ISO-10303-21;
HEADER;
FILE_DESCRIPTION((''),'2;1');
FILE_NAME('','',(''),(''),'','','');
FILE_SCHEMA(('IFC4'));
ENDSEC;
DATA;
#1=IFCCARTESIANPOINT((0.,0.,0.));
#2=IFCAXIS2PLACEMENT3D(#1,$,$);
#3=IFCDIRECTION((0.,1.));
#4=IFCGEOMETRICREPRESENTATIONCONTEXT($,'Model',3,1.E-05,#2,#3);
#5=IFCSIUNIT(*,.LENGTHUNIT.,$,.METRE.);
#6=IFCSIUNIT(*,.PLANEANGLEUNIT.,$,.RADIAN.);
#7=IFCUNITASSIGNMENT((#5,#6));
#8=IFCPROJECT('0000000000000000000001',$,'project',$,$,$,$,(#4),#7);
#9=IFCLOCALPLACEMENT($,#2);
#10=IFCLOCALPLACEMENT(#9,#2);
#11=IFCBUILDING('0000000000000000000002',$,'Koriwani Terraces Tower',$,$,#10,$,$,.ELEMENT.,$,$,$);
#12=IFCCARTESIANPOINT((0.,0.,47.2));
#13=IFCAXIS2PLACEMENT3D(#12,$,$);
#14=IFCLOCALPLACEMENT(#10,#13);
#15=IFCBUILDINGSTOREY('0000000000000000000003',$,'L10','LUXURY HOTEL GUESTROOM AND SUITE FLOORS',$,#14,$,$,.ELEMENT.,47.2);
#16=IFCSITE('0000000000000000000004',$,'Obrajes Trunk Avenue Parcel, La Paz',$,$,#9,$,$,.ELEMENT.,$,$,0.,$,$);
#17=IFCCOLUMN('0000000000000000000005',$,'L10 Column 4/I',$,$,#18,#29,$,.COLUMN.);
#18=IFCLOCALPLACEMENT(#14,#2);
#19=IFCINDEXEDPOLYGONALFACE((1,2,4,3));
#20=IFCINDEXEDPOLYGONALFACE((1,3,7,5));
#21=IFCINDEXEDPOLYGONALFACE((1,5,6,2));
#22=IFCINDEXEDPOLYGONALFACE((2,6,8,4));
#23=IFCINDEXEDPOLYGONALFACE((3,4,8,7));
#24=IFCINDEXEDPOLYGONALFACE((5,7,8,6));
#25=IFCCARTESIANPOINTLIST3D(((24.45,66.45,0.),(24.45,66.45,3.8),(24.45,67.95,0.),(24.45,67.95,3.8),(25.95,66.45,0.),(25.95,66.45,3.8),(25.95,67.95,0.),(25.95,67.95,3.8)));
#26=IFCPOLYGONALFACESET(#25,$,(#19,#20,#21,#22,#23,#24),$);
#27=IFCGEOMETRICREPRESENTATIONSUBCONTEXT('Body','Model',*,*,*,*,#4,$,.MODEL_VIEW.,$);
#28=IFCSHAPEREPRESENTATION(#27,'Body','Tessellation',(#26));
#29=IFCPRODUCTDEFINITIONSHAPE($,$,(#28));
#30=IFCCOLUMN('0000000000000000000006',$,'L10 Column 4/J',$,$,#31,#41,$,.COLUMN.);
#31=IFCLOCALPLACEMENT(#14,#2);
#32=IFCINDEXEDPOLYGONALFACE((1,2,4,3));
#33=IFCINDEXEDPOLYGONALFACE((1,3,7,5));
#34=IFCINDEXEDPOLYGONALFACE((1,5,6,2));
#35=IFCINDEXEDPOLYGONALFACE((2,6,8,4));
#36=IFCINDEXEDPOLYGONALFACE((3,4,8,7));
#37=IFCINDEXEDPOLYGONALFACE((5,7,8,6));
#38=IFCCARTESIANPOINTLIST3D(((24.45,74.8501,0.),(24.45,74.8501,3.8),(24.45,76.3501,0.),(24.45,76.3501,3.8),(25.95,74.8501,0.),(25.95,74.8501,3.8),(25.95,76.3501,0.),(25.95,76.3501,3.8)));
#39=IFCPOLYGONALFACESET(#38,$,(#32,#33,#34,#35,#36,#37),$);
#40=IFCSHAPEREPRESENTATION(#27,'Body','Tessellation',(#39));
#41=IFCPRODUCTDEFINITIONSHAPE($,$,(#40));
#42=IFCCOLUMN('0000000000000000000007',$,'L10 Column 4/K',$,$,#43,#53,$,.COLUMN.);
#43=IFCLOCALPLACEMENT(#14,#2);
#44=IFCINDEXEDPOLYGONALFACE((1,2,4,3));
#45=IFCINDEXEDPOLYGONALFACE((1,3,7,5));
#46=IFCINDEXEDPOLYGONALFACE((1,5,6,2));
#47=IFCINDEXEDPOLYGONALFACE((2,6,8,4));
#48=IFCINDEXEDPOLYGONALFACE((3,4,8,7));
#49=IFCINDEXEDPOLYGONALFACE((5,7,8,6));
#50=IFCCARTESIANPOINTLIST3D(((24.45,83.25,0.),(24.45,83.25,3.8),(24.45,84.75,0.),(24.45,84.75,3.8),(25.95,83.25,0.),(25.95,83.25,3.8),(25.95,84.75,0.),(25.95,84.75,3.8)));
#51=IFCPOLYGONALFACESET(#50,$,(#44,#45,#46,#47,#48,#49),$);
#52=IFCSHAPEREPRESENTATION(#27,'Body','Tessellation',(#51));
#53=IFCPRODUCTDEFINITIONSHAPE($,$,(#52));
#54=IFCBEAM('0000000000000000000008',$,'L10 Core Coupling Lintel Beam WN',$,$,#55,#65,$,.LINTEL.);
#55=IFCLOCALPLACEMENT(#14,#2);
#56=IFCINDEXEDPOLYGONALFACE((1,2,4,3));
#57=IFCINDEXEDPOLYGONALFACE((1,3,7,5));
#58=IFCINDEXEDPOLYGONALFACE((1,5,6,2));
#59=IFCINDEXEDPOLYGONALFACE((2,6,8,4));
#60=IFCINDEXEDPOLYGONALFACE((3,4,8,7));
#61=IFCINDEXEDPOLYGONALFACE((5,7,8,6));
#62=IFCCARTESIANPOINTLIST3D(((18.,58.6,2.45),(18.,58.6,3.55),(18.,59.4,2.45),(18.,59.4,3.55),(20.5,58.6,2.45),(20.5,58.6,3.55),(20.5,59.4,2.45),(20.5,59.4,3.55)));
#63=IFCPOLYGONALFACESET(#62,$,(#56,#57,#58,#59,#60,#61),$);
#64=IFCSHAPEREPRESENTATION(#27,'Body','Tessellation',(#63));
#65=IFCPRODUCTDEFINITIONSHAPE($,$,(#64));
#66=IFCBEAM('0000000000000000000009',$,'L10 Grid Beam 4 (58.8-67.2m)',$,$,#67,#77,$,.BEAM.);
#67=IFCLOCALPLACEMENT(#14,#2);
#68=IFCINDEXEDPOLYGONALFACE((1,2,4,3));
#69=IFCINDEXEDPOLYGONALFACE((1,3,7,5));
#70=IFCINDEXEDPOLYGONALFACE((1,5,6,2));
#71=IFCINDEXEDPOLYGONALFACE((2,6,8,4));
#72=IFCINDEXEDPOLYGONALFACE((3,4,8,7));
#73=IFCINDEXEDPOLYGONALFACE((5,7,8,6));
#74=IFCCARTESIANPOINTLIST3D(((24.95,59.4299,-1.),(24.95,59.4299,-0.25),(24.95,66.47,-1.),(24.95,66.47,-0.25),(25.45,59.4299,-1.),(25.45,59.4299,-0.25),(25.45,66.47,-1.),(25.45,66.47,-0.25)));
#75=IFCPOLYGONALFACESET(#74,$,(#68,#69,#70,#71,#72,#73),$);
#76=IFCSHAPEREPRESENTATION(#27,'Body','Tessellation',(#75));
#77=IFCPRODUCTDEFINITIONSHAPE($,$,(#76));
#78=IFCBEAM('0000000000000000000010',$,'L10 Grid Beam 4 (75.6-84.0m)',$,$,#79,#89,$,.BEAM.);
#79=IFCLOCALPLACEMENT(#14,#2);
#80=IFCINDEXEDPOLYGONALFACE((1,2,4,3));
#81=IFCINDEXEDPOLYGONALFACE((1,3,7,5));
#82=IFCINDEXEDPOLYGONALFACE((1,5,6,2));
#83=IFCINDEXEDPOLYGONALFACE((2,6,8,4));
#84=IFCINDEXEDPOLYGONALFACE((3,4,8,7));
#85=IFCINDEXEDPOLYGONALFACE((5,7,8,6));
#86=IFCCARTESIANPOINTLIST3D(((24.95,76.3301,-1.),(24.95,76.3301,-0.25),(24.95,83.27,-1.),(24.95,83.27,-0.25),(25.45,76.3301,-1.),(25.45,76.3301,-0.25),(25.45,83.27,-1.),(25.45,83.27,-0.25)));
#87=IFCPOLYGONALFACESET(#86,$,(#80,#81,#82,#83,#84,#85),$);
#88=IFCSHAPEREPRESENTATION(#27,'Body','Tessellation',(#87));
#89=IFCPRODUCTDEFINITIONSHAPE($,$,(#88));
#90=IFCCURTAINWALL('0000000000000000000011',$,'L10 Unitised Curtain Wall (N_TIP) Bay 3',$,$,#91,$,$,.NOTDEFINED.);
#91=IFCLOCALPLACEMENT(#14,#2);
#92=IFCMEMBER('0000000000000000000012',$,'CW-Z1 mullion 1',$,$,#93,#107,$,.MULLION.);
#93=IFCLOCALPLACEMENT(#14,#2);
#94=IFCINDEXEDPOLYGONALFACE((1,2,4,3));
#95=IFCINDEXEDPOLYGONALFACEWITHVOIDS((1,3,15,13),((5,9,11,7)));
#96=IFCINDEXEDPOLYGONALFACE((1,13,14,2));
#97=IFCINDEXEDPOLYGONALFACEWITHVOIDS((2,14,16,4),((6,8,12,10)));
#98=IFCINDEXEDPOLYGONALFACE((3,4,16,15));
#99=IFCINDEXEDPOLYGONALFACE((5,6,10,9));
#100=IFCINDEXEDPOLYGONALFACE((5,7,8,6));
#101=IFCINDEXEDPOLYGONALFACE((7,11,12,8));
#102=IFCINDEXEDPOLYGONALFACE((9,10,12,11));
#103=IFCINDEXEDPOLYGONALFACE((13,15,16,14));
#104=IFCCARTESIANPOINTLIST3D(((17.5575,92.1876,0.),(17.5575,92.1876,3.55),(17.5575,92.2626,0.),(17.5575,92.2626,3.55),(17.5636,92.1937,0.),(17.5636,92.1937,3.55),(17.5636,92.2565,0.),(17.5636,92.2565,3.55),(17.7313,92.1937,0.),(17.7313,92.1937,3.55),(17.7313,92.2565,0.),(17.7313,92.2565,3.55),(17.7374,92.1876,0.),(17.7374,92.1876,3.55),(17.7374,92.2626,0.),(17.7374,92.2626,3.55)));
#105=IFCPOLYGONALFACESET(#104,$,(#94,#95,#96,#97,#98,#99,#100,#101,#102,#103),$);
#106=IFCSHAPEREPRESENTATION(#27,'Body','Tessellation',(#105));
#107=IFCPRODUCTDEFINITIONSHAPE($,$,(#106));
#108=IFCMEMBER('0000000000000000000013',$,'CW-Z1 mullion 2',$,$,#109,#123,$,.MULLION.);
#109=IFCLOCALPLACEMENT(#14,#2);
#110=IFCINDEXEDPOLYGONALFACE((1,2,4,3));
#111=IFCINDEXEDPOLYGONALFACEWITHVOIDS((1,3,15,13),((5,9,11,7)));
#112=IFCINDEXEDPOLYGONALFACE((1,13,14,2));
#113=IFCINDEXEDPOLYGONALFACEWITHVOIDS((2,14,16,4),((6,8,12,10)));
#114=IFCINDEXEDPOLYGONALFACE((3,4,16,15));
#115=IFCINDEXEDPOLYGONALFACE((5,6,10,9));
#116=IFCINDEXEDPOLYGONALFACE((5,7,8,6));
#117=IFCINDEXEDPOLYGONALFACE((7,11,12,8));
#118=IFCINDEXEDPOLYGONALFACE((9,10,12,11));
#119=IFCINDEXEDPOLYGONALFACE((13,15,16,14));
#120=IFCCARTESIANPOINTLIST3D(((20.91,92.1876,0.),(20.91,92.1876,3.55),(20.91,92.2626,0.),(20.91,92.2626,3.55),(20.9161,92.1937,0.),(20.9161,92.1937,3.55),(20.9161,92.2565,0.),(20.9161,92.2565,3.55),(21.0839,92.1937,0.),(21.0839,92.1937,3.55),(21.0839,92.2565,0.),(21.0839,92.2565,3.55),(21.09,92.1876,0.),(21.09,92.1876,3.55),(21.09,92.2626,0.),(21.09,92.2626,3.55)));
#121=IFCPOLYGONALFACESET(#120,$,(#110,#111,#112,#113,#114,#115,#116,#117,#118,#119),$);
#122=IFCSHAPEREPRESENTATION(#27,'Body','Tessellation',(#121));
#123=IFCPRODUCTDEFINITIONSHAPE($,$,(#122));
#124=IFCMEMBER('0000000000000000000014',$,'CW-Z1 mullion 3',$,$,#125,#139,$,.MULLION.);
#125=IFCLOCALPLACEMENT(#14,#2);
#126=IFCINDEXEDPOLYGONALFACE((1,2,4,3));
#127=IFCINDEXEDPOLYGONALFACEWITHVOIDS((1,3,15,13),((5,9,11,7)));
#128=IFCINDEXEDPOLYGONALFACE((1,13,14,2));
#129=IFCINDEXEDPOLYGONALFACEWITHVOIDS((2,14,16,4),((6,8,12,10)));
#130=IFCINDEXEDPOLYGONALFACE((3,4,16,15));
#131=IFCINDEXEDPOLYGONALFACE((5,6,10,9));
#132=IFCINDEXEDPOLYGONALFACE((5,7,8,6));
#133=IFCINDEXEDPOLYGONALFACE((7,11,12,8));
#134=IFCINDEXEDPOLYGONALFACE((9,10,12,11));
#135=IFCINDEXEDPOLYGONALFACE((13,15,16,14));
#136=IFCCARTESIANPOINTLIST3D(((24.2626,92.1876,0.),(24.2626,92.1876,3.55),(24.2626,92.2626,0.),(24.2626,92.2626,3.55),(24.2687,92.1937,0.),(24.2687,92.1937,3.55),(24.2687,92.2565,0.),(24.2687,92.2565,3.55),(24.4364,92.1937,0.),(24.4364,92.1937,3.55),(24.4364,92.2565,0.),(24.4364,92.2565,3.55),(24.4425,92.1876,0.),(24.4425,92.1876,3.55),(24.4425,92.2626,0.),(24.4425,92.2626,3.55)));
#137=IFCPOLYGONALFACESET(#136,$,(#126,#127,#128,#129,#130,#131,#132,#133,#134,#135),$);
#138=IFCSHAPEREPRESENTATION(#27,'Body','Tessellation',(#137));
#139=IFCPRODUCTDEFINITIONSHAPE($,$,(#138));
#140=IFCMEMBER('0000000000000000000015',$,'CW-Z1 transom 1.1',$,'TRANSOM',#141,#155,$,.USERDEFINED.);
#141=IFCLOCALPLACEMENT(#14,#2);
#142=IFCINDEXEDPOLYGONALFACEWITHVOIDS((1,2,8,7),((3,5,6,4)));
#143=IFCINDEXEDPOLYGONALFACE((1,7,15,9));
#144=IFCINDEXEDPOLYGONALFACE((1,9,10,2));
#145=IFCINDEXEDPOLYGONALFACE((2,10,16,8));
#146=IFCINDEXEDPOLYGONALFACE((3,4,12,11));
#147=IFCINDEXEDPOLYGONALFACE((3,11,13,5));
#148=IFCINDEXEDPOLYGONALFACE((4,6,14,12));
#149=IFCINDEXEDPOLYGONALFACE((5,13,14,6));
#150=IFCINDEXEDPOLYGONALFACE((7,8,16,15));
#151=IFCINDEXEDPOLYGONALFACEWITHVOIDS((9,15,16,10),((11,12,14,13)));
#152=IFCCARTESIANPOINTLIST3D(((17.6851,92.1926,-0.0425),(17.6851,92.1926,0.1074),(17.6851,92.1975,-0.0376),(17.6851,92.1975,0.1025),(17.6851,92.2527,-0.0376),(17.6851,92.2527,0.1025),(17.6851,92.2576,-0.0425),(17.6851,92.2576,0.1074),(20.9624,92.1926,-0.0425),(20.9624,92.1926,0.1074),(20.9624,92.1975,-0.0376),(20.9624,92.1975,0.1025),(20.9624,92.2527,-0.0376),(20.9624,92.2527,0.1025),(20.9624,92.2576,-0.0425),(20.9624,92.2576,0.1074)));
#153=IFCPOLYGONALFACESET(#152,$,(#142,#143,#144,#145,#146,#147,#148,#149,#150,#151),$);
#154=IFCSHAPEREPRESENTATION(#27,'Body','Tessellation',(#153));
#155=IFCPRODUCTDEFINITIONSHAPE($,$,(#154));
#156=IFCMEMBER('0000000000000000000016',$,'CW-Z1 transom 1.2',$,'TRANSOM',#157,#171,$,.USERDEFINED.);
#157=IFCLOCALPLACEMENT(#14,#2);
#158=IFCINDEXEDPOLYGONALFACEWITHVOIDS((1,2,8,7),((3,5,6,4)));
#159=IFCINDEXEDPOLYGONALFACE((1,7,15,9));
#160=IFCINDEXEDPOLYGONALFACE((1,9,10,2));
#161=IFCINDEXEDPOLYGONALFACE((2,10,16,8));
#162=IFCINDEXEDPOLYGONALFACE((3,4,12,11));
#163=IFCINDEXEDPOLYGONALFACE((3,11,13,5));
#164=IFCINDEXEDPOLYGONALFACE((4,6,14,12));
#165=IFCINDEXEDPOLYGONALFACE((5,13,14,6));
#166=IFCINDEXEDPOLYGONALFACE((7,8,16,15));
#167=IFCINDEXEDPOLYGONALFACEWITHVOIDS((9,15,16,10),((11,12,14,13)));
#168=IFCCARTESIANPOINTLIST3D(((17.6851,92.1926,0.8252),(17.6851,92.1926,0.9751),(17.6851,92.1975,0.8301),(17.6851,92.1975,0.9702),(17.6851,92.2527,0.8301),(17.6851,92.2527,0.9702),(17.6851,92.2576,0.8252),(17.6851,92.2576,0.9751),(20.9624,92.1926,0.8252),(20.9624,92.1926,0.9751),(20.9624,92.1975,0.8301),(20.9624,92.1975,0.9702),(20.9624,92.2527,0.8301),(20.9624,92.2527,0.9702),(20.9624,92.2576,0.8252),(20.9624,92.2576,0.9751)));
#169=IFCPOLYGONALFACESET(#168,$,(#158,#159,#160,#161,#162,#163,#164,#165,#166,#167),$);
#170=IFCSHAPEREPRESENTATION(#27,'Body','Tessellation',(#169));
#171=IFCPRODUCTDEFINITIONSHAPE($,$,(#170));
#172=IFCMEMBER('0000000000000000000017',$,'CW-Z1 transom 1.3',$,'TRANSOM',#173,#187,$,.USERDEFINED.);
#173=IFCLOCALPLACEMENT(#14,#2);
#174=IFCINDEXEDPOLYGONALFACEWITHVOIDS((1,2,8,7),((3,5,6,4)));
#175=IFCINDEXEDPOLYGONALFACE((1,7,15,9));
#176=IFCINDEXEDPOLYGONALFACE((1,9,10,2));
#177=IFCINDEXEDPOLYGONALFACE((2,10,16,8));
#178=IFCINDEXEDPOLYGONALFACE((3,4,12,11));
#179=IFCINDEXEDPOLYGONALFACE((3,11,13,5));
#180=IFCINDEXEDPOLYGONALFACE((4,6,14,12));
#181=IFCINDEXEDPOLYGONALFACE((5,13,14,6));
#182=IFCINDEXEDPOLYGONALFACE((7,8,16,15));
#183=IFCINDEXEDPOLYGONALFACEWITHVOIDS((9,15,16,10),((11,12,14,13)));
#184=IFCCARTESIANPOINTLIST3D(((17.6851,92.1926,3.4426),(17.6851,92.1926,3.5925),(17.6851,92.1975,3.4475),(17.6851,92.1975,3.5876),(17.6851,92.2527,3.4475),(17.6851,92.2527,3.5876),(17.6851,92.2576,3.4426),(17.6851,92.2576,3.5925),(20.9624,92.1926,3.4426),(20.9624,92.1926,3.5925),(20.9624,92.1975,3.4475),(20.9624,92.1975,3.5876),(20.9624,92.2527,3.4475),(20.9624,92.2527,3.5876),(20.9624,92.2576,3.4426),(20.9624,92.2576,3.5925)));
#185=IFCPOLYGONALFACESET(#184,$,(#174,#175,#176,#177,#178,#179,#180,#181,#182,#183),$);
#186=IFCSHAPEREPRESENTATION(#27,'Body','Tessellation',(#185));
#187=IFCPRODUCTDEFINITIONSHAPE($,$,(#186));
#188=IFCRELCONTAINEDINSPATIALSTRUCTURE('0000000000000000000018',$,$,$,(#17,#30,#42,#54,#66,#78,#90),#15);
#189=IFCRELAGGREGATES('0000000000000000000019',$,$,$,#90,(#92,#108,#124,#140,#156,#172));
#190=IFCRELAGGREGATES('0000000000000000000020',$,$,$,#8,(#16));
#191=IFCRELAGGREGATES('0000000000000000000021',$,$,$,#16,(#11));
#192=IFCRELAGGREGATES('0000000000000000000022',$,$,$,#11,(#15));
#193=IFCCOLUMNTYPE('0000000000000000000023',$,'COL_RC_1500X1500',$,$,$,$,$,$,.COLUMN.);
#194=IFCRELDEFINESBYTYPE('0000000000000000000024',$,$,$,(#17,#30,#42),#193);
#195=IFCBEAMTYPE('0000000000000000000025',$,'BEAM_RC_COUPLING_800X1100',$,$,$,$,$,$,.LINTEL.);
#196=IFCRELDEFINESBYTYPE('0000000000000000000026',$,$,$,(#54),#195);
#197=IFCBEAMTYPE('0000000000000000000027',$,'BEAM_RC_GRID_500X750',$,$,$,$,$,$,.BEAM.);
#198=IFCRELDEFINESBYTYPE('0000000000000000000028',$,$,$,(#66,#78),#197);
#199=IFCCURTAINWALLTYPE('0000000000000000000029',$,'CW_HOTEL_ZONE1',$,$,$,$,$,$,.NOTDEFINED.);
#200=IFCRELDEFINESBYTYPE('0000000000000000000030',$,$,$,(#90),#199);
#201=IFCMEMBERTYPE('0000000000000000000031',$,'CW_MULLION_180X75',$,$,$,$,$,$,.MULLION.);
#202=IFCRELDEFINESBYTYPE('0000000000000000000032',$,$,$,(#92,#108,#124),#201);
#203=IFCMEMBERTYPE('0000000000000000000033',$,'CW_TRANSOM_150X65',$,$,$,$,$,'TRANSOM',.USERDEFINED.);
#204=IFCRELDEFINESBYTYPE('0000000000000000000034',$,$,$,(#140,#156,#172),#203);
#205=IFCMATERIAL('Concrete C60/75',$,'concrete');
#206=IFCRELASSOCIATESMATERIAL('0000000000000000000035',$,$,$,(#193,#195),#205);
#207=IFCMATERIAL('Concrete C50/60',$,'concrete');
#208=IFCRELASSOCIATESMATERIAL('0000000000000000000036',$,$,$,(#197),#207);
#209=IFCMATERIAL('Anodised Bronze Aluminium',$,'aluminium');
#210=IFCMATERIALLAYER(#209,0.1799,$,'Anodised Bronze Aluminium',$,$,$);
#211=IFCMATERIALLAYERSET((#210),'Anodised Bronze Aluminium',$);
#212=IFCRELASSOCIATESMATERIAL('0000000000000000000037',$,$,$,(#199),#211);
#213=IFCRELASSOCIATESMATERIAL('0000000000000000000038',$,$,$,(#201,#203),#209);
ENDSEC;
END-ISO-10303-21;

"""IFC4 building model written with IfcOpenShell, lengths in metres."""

from ifc_helpers import new_model, si_unit, direction, frame, origin, origin_2d, place, context, subcontext, project, spatial, rectangle, hollow_rectangle, extrude, material, layer, layer_set, material_profile, profile_set, type_object, element, aggregate, save


model = new_model("IFC4")

# Units and contexts
model_context = context("Model", 3, precision=1e-05, world=origin(), true_north=direction((0.0, 1.0)))
body_context = subcontext(model_context, "Body", "Model", "MODEL_VIEW")
ifc_project = project(units=[si_unit("LENGTHUNIT", "METRE"), si_unit("PLANEANGLEUNIT", "RADIAN")], contexts=[model_context])

# Site, building, storey
site_placement = place(None, origin())
site = spatial("IfcSite", under=ifc_project, at=site_placement, Name="Obrajes Trunk Avenue Parcel, La Paz", CompositionType="ELEMENT", RefElevation=0.0)
building_placement = place(site_placement, origin())
building = spatial("IfcBuilding", under=site, at=building_placement, Name="Koriwani Terraces Tower", CompositionType="ELEMENT")
storey_placement = place(building_placement, frame((0.0, 0.0, 47.2)))
storey = spatial("IfcBuildingStorey", under=building, at=storey_placement, Name="L10", Description="LUXURY HOTEL GUESTROOM AND SUITE FLOORS", CompositionType="ELEMENT", Elevation=47.2)

# Columns
ifc_material_1 = material(Name="Concrete C60/75", Category="concrete")
ifc_material_profile_1 = material_profile(ifc_material_1, rectangle(XDim=1.5, YDim=1.5, at=origin_2d()), Name="Concrete C60/75", Category="LoadBearing")
ifc_profile_set_1 = profile_set([ifc_material_profile_1], Name="Concrete C60/75")
column_type = type_object("IfcColumnType", Name="COL_RC_1500X1500", PredefinedType="COLUMN", material=ifc_profile_set_1)
for number, where, z_axis, x_axis, name in (
    (1, (25.2, 67.2, 0.0), (0.0, 0.0, 1.0), (1.0, 0.0, 0.0), "L10 Column 4/I"),
    (2, (25.2, 75.6001, 0.0), (0.0, 0.0, 1.0), (1.0, 0.0, 0.0), "L10 Column 4/J"),
    (3, (25.2, 84.0, 0.0), (0.0, 0.0, 1.0), (1.0, 0.0, 0.0), "L10 Column 4/K"),
):
    element("IfcColumn", number, at=place(storey_placement, frame(where, z_axis=z_axis, x_axis=x_axis)), inside=storey, type_object=column_type, Name=name, PredefinedType="COLUMN", context=body_context, shape_type="SweptSolid", body=[
        extrude(rectangle(XDim=1.5, YDim=1.5, at=origin_2d()), origin(), (0.0, 0.0, 1.0), 3.8),
    ])

# Beams
ifc_material_profile_2 = material_profile(ifc_material_1, rectangle(XDim=0.8, YDim=1.1001, at=origin_2d()), Name="Concrete C60/75", Category="LoadBearing")
ifc_profile_set_2 = profile_set([ifc_material_profile_2], Name="Concrete C60/75")
beam_type_1 = type_object("IfcBeamType", Name="BEAM_RC_COUPLING_800X1100", PredefinedType="LINTEL", material=ifc_profile_set_2)
beam_1_placement = place(storey_placement, frame((18.0, 59.0, 3.0), z_axis=(1.0, 0.0, 0.0), x_axis=(0.0, 1.0, 0.0)))
element("IfcBeam", 4, at=beam_1_placement, inside=storey, type_object=beam_type_1, Name="L10 Core Coupling Lintel Beam WN", PredefinedType="LINTEL", context=body_context, shape_type="SweptSolid", body=[
    extrude(rectangle(XDim=0.8, YDim=1.1001, at=origin_2d()), origin(), (0.0, 0.0, 1.0), 2.5),
])
ifc_material_2 = material(Name="Concrete C50/60", Category="concrete")
ifc_material_profile_3 = material_profile(ifc_material_2, rectangle(XDim=0.5, YDim=0.75, at=origin_2d()), Name="Concrete C50/60", Category="LoadBearing")
ifc_profile_set_3 = profile_set([ifc_material_profile_3], Name="Concrete C50/60")
beam_type_2 = type_object("IfcBeamType", Name="BEAM_RC_GRID_500X750", PredefinedType="BEAM", material=ifc_profile_set_3)
beam_2_placement = place(storey_placement, frame((25.2, 59.4299, -0.625), z_axis=(0.0, 1.0, 0.0), x_axis=(-1.0, 0.0, 0.0)))
element("IfcBeam", 5, at=beam_2_placement, inside=storey, type_object=beam_type_2, Name="L10 Grid Beam 4 (58.8-67.2m)", PredefinedType="BEAM", context=body_context, shape_type="SweptSolid", body=[
    extrude(rectangle(XDim=0.5, YDim=0.75, at=origin_2d()), origin(), (0.0, 0.0, 1.0), 7.04),
])
beam_3_placement = place(storey_placement, frame((25.2, 76.3301, -0.625), z_axis=(0.0, 1.0, 0.0), x_axis=(-1.0, 0.0, 0.0)))
element("IfcBeam", 6, at=beam_3_placement, inside=storey, type_object=beam_type_2, Name="L10 Grid Beam 4 (75.6-84.0m)", PredefinedType="BEAM", context=body_context, shape_type="SweptSolid", body=[
    extrude(rectangle(XDim=0.5, YDim=0.75, at=origin_2d()), origin(), (0.0, 0.0, 1.0), 6.9399),
])

# Curtain wall, members
ifc_material_3 = material(Name="Anodised Bronze Aluminium", Category="aluminium")
ifc_layer_1 = layer(ifc_material_3, 0.1799, Name="Anodised Bronze Aluminium")
ifc_layer_set_1 = layer_set([ifc_layer_1], Name="Anodised Bronze Aluminium")
curtain_wall_type = type_object("IfcCurtainWallType", Name="CW_HOTEL_ZONE1", PredefinedType="NOTDEFINED", material=ifc_layer_set_1)
curtain_wall_placement = place(storey_placement, origin())
curtain_wall = element("IfcCurtainWall", 7, at=curtain_wall_placement, inside=storey, type_object=curtain_wall_type, Name="L10 Unitised Curtain Wall (N_TIP) Bay 3", PredefinedType="NOTDEFINED")
ifc_material_profile_4 = material_profile(ifc_material_3, hollow_rectangle(XDim=0.075, YDim=0.1799, WallThickness=0.0061, at=origin_2d()), Name="Anodised Bronze Aluminium", Category="LoadBearing")
ifc_profile_set_4 = profile_set([ifc_material_profile_4], Name="Anodised Bronze Aluminium")
member_type_1 = type_object("IfcMemberType", Name="CW_MULLION_180X75", PredefinedType="MULLION", material=ifc_profile_set_4)
member_1_placement = place(storey_placement, frame((17.6475, 92.2251, 0.0), z_axis=(0.0, 0.0, 1.0), x_axis=(0.0, 1.0, 0.0)))
member_1 = element("IfcMember", 8, at=member_1_placement, type_object=member_type_1, Name="CW-Z1 mullion 1", PredefinedType="MULLION", context=body_context, shape_type="SweptSolid", body=[
    extrude(hollow_rectangle(XDim=0.075, YDim=0.1799, WallThickness=0.0061, at=origin_2d()), origin(), (0.0, 0.0, 1.0), 3.55),
])
member_2_placement = place(storey_placement, frame((21.0, 92.2251, 0.0), z_axis=(0.0, 0.0, 1.0), x_axis=(0.0, 1.0, 0.0)))
member_2 = element("IfcMember", 9, at=member_2_placement, type_object=member_type_1, Name="CW-Z1 mullion 2", PredefinedType="MULLION", context=body_context, shape_type="SweptSolid", body=[
    extrude(hollow_rectangle(XDim=0.075, YDim=0.1799, WallThickness=0.0061, at=origin_2d()), origin(), (0.0, 0.0, 1.0), 3.55),
])
member_3_placement = place(storey_placement, frame((24.3525, 92.2251, 0.0), z_axis=(0.0, 0.0, 1.0), x_axis=(0.0, 1.0, 0.0)))
member_3 = element("IfcMember", 10, at=member_3_placement, type_object=member_type_1, Name="CW-Z1 mullion 3", PredefinedType="MULLION", context=body_context, shape_type="SweptSolid", body=[
    extrude(hollow_rectangle(XDim=0.075, YDim=0.1799, WallThickness=0.0061, at=origin_2d()), origin(), (0.0, 0.0, 1.0), 3.55),
])
ifc_material_profile_5 = material_profile(ifc_material_3, hollow_rectangle(XDim=0.0649, YDim=0.1499, WallThickness=0.0049, at=origin_2d()), Name="Anodised Bronze Aluminium", Category="LoadBearing")
ifc_profile_set_5 = profile_set([ifc_material_profile_5], Name="Anodised Bronze Aluminium")
member_type_2 = type_object("IfcMemberType", Name="CW_TRANSOM_150X65", ElementType="TRANSOM", PredefinedType="USERDEFINED", material=ifc_profile_set_5)
member_4_placement = place(storey_placement, frame((17.6851, 92.2251, 0.0325), z_axis=(1.0, 0.0, 0.0), x_axis=(0.0, 1.0, 0.0)))
member_4 = element("IfcMember", 11, at=member_4_placement, type_object=member_type_2, Name="CW-Z1 transom 1.1", ObjectType="TRANSOM", PredefinedType="USERDEFINED", context=body_context, shape_type="SweptSolid", body=[
    extrude(hollow_rectangle(XDim=0.0649, YDim=0.1499, WallThickness=0.0049, at=origin_2d()), origin(), (0.0, 0.0, 1.0), 3.2773),
])
member_5_placement = place(storey_placement, frame((17.6851, 92.2251, 0.9001), z_axis=(1.0, 0.0, 0.0), x_axis=(0.0, 1.0, 0.0)))
member_5 = element("IfcMember", 12, at=member_5_placement, type_object=member_type_2, Name="CW-Z1 transom 1.2", ObjectType="TRANSOM", PredefinedType="USERDEFINED", context=body_context, shape_type="SweptSolid", body=[
    extrude(hollow_rectangle(XDim=0.0649, YDim=0.1499, WallThickness=0.0049, at=origin_2d()), origin(), (0.0, 0.0, 1.0), 3.2773),
])
member_6_placement = place(storey_placement, frame((17.6851, 92.2251, 3.5176), z_axis=(1.0, 0.0, 0.0), x_axis=(0.0, 1.0, 0.0)))
member_6 = element("IfcMember", 13, at=member_6_placement, type_object=member_type_2, Name="CW-Z1 transom 1.3", ObjectType="TRANSOM", PredefinedType="USERDEFINED", context=body_context, shape_type="SweptSolid", body=[
    extrude(hollow_rectangle(XDim=0.0649, YDim=0.1499, WallThickness=0.0049, at=origin_2d()), origin(), (0.0, 0.0, 1.0), 3.2773),
])

aggregate(curtain_wall, [member_1, member_2, member_3, member_4, member_5, member_6])

save(model, "model.ifc")
